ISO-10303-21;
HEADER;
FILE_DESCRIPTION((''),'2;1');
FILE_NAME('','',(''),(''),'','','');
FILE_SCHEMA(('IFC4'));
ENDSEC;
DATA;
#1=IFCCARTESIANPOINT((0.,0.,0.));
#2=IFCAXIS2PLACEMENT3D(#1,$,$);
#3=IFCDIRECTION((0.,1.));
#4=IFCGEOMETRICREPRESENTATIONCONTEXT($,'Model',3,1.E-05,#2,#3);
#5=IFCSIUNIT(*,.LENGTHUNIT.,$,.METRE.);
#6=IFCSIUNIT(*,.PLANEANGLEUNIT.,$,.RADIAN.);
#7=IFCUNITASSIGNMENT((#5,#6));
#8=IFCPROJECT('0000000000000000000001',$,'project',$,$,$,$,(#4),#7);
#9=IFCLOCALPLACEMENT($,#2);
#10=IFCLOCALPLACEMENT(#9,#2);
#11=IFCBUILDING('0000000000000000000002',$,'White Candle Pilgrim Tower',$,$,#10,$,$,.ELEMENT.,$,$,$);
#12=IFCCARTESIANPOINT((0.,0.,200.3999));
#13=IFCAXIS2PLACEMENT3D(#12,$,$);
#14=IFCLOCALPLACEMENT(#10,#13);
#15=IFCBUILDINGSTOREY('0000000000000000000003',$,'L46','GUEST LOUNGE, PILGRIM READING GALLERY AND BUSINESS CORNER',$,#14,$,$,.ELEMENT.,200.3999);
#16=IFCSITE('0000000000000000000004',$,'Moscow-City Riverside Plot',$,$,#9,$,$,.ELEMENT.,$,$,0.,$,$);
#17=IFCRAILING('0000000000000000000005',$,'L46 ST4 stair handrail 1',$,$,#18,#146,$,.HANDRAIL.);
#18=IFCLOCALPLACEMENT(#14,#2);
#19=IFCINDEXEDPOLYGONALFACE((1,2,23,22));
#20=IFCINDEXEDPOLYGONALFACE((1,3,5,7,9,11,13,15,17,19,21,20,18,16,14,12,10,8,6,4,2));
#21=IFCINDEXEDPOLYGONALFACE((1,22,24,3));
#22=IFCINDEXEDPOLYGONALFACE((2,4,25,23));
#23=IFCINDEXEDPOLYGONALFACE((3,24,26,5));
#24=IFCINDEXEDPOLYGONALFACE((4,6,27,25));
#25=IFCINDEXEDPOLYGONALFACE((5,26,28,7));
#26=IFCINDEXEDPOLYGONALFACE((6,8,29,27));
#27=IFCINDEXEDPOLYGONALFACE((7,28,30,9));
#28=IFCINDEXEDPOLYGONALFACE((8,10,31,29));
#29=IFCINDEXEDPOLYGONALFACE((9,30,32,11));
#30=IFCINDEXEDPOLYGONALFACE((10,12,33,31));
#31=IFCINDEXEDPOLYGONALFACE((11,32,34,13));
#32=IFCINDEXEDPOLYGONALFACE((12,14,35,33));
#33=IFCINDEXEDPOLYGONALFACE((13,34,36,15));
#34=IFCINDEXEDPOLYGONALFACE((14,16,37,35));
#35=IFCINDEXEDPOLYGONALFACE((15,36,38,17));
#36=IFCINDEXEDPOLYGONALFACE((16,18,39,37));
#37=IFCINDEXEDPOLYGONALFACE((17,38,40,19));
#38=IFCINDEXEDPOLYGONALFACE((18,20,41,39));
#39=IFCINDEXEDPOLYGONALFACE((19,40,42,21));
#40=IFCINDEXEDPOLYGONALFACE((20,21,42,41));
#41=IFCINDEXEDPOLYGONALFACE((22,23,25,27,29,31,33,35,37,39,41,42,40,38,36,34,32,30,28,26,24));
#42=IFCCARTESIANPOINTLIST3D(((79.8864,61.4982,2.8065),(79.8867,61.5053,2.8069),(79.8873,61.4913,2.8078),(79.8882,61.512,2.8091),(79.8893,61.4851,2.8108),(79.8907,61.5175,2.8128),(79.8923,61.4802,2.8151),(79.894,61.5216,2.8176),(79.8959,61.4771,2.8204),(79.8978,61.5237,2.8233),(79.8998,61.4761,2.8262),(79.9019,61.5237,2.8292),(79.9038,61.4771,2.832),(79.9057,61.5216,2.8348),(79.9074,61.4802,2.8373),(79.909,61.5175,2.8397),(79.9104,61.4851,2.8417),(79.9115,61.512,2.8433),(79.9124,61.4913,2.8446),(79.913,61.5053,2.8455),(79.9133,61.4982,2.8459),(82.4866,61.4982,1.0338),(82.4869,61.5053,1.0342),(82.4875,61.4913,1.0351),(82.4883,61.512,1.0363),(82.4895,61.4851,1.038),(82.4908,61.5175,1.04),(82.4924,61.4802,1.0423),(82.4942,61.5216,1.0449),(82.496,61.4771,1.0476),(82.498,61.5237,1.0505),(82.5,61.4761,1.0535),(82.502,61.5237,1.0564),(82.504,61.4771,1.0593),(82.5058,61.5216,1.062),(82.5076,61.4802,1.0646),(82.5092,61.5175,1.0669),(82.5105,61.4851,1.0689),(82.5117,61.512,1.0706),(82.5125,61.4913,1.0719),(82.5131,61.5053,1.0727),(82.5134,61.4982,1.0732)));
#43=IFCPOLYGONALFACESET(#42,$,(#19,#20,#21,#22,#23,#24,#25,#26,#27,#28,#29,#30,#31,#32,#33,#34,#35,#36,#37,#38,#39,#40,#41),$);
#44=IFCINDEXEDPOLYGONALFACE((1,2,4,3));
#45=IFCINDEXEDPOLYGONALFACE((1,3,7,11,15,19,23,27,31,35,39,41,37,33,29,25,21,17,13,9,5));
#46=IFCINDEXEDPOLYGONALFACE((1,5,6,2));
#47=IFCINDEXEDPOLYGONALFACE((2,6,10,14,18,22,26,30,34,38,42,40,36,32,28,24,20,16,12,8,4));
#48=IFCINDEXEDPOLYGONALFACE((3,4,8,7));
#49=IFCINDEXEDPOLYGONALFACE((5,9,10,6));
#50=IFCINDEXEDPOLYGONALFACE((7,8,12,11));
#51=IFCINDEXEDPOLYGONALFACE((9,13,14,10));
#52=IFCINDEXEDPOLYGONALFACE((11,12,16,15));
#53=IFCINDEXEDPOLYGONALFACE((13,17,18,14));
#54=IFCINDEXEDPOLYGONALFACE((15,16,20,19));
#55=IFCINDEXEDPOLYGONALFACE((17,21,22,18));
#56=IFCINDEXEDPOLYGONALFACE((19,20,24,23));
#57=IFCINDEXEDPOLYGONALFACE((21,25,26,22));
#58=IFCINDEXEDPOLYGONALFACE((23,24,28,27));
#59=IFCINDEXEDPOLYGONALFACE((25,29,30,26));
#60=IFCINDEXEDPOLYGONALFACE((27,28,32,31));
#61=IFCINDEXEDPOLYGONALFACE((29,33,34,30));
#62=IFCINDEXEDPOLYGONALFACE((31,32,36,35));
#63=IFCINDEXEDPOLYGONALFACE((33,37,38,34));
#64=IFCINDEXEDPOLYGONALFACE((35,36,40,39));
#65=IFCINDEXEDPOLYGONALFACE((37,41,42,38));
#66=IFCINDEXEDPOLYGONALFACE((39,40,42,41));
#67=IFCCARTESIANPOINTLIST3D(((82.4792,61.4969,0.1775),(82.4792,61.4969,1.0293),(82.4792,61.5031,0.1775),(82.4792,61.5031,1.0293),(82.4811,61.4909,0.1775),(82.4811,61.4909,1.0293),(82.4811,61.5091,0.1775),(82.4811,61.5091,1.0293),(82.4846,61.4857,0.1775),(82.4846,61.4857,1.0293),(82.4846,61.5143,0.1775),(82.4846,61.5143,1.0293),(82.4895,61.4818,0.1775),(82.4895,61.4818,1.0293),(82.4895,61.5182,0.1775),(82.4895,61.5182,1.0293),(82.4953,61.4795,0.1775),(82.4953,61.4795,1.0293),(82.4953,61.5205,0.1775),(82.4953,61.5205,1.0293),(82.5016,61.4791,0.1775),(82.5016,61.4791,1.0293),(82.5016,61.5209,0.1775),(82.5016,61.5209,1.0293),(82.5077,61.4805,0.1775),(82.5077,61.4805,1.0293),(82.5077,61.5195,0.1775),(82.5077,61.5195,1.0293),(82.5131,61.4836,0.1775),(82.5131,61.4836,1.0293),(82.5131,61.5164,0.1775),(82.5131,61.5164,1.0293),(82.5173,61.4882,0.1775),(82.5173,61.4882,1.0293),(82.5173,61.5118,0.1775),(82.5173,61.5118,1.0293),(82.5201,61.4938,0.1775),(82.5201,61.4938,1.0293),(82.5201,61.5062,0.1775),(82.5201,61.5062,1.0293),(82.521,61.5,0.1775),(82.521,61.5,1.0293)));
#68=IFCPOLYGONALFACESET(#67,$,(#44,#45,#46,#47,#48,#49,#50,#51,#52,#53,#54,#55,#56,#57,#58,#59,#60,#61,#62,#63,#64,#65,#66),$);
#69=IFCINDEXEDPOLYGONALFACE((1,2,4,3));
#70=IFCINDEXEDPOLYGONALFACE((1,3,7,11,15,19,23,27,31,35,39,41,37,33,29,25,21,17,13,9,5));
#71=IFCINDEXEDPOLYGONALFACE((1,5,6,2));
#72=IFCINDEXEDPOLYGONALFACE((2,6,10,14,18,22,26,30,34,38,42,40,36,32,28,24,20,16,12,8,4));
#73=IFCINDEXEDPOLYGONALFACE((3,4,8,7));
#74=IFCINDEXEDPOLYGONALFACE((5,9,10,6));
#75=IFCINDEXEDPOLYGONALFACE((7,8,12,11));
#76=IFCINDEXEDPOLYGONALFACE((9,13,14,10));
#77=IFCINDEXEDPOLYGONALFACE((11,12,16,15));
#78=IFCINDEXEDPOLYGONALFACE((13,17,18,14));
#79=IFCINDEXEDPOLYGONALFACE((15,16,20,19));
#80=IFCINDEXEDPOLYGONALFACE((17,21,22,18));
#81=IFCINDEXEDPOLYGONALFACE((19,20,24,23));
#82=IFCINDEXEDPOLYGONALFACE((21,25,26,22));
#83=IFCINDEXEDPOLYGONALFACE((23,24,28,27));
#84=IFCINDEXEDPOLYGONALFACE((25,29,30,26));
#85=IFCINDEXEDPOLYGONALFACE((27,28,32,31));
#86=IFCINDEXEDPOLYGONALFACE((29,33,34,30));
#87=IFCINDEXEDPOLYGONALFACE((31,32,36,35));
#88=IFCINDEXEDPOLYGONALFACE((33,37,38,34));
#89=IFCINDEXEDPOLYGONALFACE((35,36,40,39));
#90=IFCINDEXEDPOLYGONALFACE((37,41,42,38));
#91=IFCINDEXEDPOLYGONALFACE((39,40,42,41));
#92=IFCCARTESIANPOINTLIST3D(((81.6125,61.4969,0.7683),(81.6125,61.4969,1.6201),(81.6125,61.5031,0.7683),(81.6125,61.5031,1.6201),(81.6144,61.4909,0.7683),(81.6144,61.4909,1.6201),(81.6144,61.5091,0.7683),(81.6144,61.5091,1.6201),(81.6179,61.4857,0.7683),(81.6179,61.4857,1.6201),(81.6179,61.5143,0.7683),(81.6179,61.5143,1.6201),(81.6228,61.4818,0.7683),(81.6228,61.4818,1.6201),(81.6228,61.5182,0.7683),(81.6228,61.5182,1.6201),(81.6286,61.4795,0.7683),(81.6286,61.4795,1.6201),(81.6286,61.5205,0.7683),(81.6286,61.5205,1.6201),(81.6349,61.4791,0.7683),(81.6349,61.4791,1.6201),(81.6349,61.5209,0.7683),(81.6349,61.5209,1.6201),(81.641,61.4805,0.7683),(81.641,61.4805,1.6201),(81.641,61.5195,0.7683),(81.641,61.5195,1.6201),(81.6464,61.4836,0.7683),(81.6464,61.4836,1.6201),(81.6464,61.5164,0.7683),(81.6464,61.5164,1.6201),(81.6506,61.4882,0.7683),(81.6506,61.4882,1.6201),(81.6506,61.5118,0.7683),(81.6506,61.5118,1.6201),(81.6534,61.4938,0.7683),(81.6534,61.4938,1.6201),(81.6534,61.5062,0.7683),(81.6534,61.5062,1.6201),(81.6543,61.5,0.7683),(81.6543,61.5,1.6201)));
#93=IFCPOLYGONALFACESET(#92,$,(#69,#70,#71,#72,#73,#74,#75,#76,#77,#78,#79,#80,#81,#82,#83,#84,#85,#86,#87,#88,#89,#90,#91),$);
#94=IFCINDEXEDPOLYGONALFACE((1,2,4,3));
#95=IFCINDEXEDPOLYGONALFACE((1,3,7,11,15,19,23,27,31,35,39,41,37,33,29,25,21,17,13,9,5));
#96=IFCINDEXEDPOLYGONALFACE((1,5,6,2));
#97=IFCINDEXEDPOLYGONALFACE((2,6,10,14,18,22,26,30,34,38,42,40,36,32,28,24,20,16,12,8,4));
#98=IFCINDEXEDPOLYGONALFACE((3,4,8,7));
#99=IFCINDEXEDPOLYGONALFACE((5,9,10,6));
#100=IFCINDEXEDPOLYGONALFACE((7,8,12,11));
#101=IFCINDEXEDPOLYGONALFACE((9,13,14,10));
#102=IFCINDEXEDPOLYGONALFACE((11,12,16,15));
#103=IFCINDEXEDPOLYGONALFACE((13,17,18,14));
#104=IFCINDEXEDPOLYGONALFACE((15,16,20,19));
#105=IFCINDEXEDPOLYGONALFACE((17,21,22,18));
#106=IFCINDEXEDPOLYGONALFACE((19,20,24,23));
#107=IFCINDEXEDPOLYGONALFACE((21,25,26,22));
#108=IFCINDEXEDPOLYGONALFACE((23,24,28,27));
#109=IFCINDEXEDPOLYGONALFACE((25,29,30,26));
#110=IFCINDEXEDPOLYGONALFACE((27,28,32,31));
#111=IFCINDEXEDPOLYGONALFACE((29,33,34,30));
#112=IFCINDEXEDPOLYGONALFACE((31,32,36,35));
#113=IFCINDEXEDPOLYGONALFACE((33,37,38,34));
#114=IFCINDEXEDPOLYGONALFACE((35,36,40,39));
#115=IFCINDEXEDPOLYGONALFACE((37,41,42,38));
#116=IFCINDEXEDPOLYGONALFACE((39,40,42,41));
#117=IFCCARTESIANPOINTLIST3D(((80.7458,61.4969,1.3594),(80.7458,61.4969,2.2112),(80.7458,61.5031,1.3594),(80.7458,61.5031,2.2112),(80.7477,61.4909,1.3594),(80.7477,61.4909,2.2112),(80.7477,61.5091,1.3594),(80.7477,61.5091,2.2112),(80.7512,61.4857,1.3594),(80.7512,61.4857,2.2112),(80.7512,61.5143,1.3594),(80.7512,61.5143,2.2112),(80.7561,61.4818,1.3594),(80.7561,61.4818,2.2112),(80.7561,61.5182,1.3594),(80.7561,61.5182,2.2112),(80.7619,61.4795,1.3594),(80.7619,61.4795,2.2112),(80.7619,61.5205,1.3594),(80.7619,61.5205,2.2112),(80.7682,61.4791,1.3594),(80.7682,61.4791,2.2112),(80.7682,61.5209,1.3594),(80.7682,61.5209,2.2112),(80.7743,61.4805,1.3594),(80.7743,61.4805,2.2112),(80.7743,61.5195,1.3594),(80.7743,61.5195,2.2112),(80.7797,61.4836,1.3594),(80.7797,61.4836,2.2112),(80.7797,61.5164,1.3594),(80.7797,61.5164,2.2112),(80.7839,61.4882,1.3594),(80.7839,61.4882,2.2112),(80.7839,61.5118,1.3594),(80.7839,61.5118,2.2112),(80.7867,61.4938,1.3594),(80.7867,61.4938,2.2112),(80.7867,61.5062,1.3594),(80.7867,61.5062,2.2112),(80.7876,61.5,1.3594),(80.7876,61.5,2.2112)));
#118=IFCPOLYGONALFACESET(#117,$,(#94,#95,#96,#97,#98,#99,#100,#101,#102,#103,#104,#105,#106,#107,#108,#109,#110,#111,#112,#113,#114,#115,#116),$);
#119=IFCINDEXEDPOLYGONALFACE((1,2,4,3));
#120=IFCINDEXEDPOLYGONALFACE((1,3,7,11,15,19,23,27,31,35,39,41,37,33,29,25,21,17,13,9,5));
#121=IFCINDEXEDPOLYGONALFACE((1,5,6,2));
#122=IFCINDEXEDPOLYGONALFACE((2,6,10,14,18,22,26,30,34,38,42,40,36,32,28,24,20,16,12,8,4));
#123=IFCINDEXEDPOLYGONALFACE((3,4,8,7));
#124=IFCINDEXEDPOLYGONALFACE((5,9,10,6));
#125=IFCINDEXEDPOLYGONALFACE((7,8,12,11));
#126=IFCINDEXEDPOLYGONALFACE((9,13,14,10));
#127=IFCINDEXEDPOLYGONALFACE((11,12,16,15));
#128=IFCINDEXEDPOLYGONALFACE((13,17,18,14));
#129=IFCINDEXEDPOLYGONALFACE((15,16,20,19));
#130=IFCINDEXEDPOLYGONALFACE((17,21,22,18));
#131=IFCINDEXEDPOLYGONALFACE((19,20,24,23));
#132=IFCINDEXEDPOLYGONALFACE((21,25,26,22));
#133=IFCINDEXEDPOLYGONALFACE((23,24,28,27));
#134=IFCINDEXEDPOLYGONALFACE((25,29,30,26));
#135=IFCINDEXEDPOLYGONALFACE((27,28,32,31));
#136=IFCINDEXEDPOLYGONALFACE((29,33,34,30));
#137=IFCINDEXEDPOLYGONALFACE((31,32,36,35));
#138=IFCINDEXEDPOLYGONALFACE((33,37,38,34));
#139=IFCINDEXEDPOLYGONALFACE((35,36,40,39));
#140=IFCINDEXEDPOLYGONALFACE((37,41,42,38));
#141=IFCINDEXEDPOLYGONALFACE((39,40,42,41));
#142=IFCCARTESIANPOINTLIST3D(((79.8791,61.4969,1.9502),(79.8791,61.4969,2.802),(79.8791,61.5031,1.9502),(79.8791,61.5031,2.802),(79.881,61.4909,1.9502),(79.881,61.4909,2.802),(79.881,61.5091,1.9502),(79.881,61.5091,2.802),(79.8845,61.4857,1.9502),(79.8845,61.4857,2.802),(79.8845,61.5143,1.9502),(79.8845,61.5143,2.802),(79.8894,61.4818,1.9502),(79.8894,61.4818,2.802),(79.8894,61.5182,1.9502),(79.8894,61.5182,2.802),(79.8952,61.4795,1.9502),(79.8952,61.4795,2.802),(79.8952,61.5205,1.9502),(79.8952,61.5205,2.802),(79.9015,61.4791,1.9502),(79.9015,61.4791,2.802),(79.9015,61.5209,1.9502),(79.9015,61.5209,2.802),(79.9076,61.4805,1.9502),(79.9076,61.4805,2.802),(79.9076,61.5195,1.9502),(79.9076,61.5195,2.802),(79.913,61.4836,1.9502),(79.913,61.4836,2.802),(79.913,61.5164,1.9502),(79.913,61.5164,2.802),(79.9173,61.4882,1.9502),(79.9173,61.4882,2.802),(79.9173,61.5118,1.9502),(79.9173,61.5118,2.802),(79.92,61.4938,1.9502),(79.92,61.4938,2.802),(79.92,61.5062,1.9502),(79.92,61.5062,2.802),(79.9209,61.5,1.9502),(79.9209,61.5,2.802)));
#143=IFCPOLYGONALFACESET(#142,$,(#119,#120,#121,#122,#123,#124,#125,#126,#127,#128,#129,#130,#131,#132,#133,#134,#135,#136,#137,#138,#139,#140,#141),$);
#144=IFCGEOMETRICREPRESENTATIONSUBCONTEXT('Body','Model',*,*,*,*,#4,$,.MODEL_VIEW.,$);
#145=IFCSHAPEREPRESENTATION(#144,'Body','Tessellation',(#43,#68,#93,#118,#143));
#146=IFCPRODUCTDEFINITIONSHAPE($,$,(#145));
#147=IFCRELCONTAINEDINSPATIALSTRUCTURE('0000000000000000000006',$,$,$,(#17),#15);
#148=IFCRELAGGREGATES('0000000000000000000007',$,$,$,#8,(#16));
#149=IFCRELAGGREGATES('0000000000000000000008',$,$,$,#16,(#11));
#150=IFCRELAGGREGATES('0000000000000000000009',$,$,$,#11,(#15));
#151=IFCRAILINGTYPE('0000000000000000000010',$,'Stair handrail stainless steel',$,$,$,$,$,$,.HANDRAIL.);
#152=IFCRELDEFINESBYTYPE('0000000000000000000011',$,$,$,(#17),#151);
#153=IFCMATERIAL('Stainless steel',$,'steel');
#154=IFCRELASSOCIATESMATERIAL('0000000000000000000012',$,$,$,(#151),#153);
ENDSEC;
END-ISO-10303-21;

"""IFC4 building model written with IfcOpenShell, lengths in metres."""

from ifc_helpers import new_model, si_unit, direction, frame, origin, origin_2d, place, context, subcontext, project, spatial, circle, extrude, material, type_object, element, save


model = new_model("IFC4")

# Units and contexts
model_context = context("Model", 3, precision=1e-05, world=origin(), true_north=direction((0.0, 1.0)))
body_context = subcontext(model_context, "Body", "Model", "MODEL_VIEW")
ifc_project = project(units=[si_unit("LENGTHUNIT", "METRE"), si_unit("PLANEANGLEUNIT", "RADIAN")], contexts=[model_context])

# Site, building, storey
site_placement = place(None, origin())
site = spatial("IfcSite", under=ifc_project, at=site_placement, Name="Moscow-City Riverside Plot", CompositionType="ELEMENT", RefElevation=0.0)
building_placement = place(site_placement, origin())
building = spatial("IfcBuilding", under=site, at=building_placement, Name="White Candle Pilgrim Tower", CompositionType="ELEMENT")
storey_placement = place(building_placement, frame((0.0, 0.0, 200.3999)))
storey = spatial("IfcBuildingStorey", under=building, at=storey_placement, Name="L46", Description="GUEST LOUNGE, PILGRIM READING GALLERY AND BUSINESS CORNER", CompositionType="ELEMENT", Elevation=200.3999)

# Railing
ifc_material_1 = material(Name="Stainless steel", Category="steel")
railing_type_1 = type_object("IfcRailingType", Name="Stair handrail stainless steel", PredefinedType="HANDRAIL", material=ifc_material_1)
railing_1_placement = place(storey_placement, frame((82.5, 61.5, 0.1775)))
element("IfcRailing", 1, at=railing_1_placement, inside=storey, type_object=railing_type_1, Name="L46 ST4 stair handrail 1", PredefinedType="HANDRAIL", context=body_context, shape_type="SweptSolid", body=[
    extrude(circle(Radius=0.0239, at=origin_2d()), frame((0.0, 0.0, 0.876), z_axis=(-0.82624, 0.0, 0.563318), x_axis=(0.0, -1.0, 0.0)), (0.0, 0.0, 1.0), 3.147),
    extrude(circle(Radius=0.021, at=origin_2d()), origin(), (0.0, 0.0, 1.0), 0.8518),
    extrude(circle(Radius=0.021, at=origin_2d()), frame((-0.8667, 0.0, 0.5908)), (0.0, 0.0, 1.0), 0.8518),
    extrude(circle(Radius=0.021, at=origin_2d()), frame((-1.7334, 0.0, 1.1819)), (0.0, 0.0, 1.0), 0.8518),
    extrude(circle(Radius=0.021, at=origin_2d()), frame((-2.6001, 0.0, 1.7727)), (0.0, 0.0, 1.0), 0.8518),
])

save(model, "model.ifc")
